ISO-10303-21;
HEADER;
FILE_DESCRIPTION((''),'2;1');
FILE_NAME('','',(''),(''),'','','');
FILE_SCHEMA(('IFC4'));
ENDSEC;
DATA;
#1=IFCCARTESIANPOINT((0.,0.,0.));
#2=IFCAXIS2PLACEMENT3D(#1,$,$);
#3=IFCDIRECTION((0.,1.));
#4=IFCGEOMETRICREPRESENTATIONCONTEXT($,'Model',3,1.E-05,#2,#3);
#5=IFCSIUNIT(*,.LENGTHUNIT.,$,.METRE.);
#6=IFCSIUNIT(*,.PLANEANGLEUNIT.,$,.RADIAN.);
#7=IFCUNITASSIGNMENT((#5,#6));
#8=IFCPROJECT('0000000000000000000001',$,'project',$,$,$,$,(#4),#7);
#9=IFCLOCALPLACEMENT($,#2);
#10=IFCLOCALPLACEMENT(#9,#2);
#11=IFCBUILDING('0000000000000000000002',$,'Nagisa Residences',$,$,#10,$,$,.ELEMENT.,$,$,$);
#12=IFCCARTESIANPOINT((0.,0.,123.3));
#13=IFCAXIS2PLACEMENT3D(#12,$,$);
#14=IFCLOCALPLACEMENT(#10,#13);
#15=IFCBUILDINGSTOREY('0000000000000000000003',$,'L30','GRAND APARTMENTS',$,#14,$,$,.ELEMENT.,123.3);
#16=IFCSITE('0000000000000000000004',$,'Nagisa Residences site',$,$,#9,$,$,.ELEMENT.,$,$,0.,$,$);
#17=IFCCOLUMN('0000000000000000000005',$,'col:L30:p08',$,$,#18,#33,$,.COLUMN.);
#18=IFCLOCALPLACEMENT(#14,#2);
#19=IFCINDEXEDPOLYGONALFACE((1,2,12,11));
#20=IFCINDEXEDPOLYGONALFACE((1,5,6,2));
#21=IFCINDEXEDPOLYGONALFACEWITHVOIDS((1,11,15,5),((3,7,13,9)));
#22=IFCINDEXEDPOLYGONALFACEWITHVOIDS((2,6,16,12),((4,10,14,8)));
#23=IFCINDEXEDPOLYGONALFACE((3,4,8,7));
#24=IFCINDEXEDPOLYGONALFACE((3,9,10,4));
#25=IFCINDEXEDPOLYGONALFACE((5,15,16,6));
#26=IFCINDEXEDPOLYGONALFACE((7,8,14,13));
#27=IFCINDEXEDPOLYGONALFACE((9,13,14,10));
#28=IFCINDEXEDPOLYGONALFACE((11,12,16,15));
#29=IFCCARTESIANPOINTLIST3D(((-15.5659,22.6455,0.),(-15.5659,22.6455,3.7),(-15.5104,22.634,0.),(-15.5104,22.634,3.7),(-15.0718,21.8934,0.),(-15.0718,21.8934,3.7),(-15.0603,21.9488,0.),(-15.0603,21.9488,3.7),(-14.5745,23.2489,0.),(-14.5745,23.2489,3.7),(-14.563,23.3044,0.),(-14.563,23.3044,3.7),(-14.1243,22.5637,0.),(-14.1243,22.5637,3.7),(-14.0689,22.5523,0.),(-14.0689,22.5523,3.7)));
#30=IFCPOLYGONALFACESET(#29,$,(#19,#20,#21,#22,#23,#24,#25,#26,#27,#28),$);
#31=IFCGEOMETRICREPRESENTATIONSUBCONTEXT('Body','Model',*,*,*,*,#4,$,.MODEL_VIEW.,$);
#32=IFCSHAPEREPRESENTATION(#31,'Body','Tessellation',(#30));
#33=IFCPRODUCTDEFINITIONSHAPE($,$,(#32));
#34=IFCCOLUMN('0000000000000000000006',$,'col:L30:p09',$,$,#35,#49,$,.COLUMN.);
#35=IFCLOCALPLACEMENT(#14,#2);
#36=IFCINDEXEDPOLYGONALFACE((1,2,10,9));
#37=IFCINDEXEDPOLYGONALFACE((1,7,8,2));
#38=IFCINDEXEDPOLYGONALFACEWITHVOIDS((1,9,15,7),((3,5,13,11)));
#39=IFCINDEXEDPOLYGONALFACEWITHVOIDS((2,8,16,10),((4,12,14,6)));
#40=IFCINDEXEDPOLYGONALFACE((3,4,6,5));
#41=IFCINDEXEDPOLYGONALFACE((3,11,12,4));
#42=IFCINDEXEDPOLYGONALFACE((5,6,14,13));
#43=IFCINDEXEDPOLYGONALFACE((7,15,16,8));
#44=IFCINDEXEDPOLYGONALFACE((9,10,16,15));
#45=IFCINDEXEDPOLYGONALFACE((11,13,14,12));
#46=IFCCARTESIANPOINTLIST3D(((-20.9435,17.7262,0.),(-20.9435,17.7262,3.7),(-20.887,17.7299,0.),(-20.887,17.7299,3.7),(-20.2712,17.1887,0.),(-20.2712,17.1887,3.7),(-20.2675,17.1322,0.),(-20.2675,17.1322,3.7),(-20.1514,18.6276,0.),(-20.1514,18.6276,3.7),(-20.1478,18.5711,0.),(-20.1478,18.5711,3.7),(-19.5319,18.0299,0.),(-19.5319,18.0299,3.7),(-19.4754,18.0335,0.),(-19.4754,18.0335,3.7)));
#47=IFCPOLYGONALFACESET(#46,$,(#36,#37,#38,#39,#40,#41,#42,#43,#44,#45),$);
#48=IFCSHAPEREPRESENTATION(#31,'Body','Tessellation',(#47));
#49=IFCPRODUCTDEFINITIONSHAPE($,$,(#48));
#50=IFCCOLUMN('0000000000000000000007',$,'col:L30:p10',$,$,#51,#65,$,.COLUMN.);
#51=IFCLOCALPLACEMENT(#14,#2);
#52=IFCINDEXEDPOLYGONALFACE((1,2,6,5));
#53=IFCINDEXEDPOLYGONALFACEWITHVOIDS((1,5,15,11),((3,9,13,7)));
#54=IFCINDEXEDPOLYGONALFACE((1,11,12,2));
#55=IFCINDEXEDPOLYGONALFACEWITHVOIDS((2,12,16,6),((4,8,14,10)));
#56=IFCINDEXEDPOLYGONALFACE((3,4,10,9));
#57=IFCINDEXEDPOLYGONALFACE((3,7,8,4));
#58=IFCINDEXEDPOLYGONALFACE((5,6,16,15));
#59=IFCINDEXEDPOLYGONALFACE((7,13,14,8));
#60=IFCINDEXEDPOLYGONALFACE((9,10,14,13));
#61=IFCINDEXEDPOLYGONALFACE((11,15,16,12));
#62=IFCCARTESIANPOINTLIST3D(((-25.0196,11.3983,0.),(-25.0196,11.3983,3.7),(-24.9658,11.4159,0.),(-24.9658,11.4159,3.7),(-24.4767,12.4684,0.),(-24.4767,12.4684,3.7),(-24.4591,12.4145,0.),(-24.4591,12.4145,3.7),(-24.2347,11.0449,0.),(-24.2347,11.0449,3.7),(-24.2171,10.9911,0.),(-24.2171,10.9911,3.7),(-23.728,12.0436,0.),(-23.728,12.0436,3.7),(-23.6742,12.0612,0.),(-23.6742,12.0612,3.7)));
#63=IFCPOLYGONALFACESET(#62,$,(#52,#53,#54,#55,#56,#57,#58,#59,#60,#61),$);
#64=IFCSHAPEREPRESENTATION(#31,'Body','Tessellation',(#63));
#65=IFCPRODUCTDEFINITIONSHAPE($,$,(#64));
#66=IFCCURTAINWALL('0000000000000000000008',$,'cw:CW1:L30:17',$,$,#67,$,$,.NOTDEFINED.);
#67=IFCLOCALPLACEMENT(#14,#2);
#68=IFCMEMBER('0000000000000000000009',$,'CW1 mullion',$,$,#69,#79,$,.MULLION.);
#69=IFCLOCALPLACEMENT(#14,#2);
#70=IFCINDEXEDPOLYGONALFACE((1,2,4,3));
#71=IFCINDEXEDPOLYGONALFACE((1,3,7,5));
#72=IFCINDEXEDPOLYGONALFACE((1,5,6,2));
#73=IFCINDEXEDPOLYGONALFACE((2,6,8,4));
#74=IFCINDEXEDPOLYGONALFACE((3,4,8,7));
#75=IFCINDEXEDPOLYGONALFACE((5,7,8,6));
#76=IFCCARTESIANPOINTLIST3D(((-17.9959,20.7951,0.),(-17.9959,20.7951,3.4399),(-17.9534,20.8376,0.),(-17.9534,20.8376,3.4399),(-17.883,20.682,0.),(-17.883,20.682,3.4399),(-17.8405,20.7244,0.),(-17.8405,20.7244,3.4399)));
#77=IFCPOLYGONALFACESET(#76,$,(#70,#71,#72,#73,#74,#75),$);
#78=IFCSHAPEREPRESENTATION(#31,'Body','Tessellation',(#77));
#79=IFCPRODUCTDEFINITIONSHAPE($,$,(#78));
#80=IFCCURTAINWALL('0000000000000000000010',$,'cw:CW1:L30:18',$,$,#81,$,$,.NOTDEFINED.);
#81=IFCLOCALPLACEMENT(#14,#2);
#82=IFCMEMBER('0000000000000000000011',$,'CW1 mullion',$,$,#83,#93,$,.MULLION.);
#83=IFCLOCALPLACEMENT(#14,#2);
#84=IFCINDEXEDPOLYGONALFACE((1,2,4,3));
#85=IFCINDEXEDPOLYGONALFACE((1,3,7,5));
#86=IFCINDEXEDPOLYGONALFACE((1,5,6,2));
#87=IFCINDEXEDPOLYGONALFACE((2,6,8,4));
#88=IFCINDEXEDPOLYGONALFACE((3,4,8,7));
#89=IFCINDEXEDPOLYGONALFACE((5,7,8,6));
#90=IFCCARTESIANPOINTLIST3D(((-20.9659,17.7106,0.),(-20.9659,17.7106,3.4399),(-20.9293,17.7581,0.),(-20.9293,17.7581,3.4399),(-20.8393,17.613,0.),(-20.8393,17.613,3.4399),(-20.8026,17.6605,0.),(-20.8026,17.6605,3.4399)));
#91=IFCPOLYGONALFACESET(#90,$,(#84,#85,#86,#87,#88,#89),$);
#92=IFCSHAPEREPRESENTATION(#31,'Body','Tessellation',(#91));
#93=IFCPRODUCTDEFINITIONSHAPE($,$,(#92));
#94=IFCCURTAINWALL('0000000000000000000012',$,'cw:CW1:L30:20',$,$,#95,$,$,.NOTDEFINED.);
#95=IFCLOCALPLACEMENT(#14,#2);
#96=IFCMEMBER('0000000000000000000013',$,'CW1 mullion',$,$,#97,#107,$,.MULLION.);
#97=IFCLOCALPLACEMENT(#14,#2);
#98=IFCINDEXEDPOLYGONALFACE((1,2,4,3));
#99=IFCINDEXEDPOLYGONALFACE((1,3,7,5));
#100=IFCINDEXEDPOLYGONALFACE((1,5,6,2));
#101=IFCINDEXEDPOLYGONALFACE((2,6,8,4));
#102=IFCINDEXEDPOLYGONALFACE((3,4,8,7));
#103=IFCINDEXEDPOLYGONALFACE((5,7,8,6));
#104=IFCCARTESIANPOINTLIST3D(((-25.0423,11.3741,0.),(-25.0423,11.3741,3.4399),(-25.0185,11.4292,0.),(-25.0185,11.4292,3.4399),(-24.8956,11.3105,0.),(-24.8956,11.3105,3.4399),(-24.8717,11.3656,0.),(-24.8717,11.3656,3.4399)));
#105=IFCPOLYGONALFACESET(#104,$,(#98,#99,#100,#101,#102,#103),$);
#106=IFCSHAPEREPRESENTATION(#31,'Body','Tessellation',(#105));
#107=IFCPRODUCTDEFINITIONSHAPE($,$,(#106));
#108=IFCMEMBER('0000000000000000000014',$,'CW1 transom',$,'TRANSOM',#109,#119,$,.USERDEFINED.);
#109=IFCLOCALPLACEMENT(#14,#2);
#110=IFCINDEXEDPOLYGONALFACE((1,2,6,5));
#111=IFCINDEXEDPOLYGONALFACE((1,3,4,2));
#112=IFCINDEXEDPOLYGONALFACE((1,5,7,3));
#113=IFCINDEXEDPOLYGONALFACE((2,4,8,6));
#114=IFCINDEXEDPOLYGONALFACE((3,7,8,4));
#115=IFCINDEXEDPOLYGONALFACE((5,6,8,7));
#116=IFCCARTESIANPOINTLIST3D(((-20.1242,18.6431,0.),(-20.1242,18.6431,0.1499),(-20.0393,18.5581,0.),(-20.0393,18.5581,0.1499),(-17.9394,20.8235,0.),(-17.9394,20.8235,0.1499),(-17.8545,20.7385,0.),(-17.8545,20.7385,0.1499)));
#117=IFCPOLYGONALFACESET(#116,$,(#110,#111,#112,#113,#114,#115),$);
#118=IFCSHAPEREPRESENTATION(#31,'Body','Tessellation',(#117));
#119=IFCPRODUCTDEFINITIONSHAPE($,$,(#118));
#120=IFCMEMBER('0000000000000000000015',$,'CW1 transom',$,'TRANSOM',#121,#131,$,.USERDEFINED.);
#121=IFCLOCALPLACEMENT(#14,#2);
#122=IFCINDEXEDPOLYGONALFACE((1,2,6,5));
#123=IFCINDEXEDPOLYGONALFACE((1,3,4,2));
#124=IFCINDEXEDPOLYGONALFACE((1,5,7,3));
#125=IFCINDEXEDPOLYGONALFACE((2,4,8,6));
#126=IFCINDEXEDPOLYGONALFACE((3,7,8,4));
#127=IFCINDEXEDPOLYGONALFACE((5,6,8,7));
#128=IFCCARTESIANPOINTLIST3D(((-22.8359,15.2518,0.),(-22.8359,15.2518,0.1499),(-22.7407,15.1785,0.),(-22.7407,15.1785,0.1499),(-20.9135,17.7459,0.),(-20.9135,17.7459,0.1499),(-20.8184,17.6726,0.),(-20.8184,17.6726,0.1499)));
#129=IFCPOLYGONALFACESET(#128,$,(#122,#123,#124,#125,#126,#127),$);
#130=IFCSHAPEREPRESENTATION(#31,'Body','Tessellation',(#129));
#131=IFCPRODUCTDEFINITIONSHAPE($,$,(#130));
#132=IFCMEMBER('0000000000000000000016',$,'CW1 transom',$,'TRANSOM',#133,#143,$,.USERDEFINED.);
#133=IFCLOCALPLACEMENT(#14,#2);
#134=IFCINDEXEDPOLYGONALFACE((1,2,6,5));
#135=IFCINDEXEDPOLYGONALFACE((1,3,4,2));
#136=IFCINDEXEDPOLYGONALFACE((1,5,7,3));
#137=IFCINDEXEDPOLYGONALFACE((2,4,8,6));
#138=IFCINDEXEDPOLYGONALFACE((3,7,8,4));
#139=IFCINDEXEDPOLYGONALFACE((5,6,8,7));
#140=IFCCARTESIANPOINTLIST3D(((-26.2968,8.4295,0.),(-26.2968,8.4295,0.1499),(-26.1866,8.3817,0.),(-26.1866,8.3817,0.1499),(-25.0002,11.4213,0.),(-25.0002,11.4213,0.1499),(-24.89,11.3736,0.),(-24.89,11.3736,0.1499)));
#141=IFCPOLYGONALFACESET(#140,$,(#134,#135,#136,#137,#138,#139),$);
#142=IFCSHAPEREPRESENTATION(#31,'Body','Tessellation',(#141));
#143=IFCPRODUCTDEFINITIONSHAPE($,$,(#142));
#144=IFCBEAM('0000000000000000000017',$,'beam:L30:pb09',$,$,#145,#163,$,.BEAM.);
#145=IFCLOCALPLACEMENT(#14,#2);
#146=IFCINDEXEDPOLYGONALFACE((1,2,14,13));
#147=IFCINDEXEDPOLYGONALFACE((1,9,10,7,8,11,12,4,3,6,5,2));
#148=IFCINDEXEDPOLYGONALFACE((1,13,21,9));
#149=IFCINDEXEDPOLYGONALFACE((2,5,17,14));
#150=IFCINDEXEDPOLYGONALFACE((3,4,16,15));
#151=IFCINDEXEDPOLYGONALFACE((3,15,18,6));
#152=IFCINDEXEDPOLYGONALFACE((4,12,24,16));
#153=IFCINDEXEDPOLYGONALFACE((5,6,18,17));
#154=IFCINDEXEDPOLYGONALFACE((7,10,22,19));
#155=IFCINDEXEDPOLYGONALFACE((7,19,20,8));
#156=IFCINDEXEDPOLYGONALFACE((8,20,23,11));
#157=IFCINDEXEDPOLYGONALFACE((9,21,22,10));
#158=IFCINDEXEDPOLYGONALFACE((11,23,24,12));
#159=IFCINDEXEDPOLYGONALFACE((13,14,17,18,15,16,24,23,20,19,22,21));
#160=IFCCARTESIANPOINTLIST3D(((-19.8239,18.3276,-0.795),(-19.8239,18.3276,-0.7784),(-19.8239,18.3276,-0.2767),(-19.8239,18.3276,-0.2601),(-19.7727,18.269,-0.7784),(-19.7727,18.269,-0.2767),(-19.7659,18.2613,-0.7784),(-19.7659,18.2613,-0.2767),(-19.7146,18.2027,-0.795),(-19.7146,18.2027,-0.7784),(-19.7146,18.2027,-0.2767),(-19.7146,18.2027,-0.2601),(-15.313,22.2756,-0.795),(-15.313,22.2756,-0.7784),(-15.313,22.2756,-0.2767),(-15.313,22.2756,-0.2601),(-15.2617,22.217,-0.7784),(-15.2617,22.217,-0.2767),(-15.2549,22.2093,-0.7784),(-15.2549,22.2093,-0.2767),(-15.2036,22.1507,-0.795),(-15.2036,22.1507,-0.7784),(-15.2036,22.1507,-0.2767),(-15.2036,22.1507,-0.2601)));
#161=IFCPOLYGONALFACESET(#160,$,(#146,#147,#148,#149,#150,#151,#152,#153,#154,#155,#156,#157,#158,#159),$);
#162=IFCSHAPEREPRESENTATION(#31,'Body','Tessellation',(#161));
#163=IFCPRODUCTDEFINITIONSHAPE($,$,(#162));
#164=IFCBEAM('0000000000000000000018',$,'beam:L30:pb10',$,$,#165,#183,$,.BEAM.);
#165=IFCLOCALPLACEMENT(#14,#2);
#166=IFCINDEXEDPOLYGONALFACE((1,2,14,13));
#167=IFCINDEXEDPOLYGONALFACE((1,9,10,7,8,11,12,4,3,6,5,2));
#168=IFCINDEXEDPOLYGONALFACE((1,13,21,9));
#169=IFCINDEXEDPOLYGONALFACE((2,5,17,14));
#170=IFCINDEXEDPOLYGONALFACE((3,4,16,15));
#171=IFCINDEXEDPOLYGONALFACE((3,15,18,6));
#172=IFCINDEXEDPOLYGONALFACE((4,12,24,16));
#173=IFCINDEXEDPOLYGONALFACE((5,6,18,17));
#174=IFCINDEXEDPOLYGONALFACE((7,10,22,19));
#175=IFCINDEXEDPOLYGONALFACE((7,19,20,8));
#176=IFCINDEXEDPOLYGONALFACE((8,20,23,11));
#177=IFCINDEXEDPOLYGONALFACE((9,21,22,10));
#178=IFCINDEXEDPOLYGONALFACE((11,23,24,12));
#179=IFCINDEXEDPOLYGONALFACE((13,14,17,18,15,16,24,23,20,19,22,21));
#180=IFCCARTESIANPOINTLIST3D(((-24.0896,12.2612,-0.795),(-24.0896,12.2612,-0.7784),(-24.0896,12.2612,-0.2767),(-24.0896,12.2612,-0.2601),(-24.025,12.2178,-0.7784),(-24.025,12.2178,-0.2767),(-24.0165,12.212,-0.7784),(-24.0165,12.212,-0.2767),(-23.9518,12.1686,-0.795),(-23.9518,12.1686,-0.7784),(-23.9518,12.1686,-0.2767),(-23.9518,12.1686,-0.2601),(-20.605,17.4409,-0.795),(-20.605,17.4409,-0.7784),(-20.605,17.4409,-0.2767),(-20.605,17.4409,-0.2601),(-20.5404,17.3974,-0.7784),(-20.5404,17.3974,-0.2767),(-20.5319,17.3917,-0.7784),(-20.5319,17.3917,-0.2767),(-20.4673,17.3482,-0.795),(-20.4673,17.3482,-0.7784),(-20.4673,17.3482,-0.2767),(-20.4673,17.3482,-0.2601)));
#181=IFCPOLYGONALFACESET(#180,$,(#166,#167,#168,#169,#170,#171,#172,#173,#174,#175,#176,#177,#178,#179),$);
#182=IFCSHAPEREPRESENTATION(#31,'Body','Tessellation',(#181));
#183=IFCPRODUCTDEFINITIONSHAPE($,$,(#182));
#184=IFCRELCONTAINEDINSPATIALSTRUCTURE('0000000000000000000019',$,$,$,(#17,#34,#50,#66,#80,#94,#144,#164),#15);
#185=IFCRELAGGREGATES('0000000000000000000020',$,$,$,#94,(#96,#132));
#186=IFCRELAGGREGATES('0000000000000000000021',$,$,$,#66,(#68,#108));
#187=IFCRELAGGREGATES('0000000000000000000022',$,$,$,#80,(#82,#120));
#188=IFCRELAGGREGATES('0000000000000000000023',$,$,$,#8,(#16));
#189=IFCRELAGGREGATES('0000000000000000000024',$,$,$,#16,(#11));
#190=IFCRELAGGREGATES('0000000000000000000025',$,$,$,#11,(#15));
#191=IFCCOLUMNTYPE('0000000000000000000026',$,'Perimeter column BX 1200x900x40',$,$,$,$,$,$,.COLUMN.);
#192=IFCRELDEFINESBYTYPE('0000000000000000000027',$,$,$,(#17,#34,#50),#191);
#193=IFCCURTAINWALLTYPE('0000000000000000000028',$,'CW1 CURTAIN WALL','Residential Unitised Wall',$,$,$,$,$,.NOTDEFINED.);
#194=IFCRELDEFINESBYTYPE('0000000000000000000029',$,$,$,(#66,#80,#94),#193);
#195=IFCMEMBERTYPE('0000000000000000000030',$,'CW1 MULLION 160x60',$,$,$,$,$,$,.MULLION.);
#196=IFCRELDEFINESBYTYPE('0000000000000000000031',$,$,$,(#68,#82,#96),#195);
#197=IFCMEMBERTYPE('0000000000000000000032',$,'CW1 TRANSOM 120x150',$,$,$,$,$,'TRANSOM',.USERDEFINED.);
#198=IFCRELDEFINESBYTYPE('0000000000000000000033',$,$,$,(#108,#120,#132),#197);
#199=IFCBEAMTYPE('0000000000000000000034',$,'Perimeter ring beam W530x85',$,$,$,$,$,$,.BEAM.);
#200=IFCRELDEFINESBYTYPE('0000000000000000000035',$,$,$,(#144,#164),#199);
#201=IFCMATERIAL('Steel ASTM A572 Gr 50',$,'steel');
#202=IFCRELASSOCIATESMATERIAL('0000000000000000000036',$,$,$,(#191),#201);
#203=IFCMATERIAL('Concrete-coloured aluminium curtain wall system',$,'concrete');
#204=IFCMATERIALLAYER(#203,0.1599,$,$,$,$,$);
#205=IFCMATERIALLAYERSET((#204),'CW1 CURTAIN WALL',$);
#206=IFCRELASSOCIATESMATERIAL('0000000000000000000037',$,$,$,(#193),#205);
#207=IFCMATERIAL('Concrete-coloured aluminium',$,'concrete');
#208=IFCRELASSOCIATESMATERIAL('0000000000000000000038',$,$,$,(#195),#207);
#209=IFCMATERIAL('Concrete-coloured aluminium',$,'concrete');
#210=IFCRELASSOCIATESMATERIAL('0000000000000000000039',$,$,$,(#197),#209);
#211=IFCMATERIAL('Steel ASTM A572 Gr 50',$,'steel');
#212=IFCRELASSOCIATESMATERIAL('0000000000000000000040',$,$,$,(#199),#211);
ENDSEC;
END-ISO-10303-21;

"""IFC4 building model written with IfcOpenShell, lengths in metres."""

from ifc_helpers import new_model, si_unit, direction, frame, origin, origin_2d, place, context, subcontext, project, spatial, rectangle, hollow_rectangle, i_section, extrude, material, layer, layer_set, material_profile, profile_set, type_object, element, aggregate, save


model = new_model("IFC4")

# Units and contexts
model_context = context("Model", 3, precision=1e-05, world=origin(), true_north=direction((0.0, 1.0)))
body_context = subcontext(model_context, "Body", "Model", "MODEL_VIEW")
ifc_project = project(units=[si_unit("LENGTHUNIT", "METRE"), si_unit("PLANEANGLEUNIT", "RADIAN")], contexts=[model_context])

# Site, building, storey
site_placement = place(None, origin())
site = spatial("IfcSite", under=ifc_project, at=site_placement, Name="Nagisa Residences site", CompositionType="ELEMENT", RefElevation=0.0)
building_placement = place(site_placement, origin())
building = spatial("IfcBuilding", under=site, at=building_placement, Name="Nagisa Residences", CompositionType="ELEMENT")
storey_placement = place(building_placement, frame((0.0, 0.0, 123.3)))
storey = spatial("IfcBuildingStorey", under=building, at=storey_placement, Name="L30", Description="GRAND APARTMENTS", CompositionType="ELEMENT", Elevation=123.3)

# Columns
ifc_material_1 = material(Name="Steel ASTM A572 Gr 50", Category="steel")
ifc_material_profile_1 = material_profile(ifc_material_1, hollow_rectangle(XDim=1.2, YDim=0.8999, WallThickness=0.04, at=origin_2d()), Name="BX 1200x900x40")
ifc_profile_set_1 = profile_set([ifc_material_profile_1], Name="Steel ASTM A572 Gr 50")
column_type = type_object("IfcColumnType", Name="Perimeter column BX 1200x900x40", PredefinedType="COLUMN", material=ifc_profile_set_1)
for number, where, z_axis, x_axis, name in (
    (1, (-14.8174, 22.5989, 0.0), (0.0, 0.0, 1.0), (-0.835766, -0.549086, 0.0), "col:L30:p08"),
    (2, (-20.2095, 17.8799, 0.0), (0.0, 0.0, 1.0), (-0.660115, -0.751165, 0.0), "col:L30:p09"),
    (3, (-24.3469, 11.7297, 0.0), (0.0, 0.0, 1.0), (-0.452463, -0.891783, 0.0), "col:L30:p10"),
):
    element("IfcColumn", number, at=place(storey_placement, frame(where, z_axis=z_axis, x_axis=x_axis)), inside=storey, type_object=column_type, Name=name, PredefinedType="COLUMN", context=body_context, shape_type="SweptSolid", body=[
        extrude(hollow_rectangle(XDim=1.2, YDim=0.8999, WallThickness=0.04, at=origin_2d()), origin(), (0.0, 0.0, 1.0), 3.7),
    ])

# Curtain walls, members
ifc_material_2 = material(Name="Concrete-coloured aluminium curtain wall system", Category="concrete")
ifc_layer_1 = layer(ifc_material_2, 0.1599)
ifc_layer_set_1 = layer_set([ifc_layer_1], Name="CW1 CURTAIN WALL")
curtain_wall_type = type_object("IfcCurtainWallType", Name="CW1 CURTAIN WALL", Description="Residential Unitised Wall", PredefinedType="NOTDEFINED", material=ifc_layer_set_1)
curtain_wall_1_placement = place(storey_placement, origin())
curtain_wall_1 = element("IfcCurtainWall", 4, at=curtain_wall_1_placement, inside=storey, type_object=curtain_wall_type, Name="cw:CW1:L30:17", PredefinedType="NOTDEFINED")
ifc_material_3 = material(Name="Concrete-coloured aluminium", Category="concrete")
ifc_material_profile_2 = material_profile(ifc_material_3, rectangle(XDim=0.1599, YDim=0.0601, at=origin_2d()), Name="CW1 MULLION 160x60")
ifc_profile_set_2 = profile_set([ifc_material_profile_2], Name="Concrete-coloured aluminium")
member_type_1 = type_object("IfcMemberType", Name="CW1 MULLION 160x60", PredefinedType="MULLION", material=ifc_profile_set_2)
member_1_placement = place(storey_placement, frame((-17.9182, 20.7598, 0.0), z_axis=(0.0, 0.0, 1.0), x_axis=(0.706377, -0.707836, 0.0)))
member_1 = element("IfcMember", 5, at=member_1_placement, type_object=member_type_1, Name="CW1 mullion", PredefinedType="MULLION", context=body_context, shape_type="SweptSolid", body=[
    extrude(rectangle(XDim=0.1599, YDim=0.0601, at=origin_2d()), origin(), (0.0, 0.0, 1.0), 3.4399),
])
curtain_wall_2_placement = place(storey_placement, origin())
curtain_wall_2 = element("IfcCurtainWall", 6, at=curtain_wall_2_placement, inside=storey, type_object=curtain_wall_type, Name="cw:CW1:L30:18", PredefinedType="NOTDEFINED")
member_2_placement = place(storey_placement, frame((-20.8843, 17.6855, 0.0), z_axis=(0.0, 0.0, 1.0), x_axis=(0.79207, -0.61043, 0.0)))
member_2 = element("IfcMember", 7, at=member_2_placement, type_object=member_type_1, Name="CW1 mullion", PredefinedType="MULLION", context=body_context, shape_type="SweptSolid", body=[
    extrude(rectangle(XDim=0.1599, YDim=0.0601, at=origin_2d()), origin(), (0.0, 0.0, 1.0), 3.4399),
])
curtain_wall_3_placement = place(storey_placement, origin())
curtain_wall_3 = element("IfcCurtainWall", 8, at=curtain_wall_3_placement, inside=storey, type_object=curtain_wall_type, Name="cw:CW1:L30:20", PredefinedType="NOTDEFINED")
member_3_placement = place(storey_placement, frame((-24.957, 11.3699, 0.0), z_axis=(0.0, 0.0, 1.0), x_axis=(0.917543, -0.397636, 0.0)))
member_3 = element("IfcMember", 9, at=member_3_placement, type_object=member_type_1, Name="CW1 mullion", PredefinedType="MULLION", context=body_context, shape_type="SweptSolid", body=[
    extrude(rectangle(XDim=0.1599, YDim=0.0601, at=origin_2d()), origin(), (0.0, 0.0, 1.0), 3.4399),
])

# Members
ifc_material_4 = material(Name="Concrete-coloured aluminium", Category="concrete")
ifc_material_profile_3 = material_profile(ifc_material_4, rectangle(XDim=0.1201, YDim=0.1499, at=origin_2d()), Name="CW1 TRANSOM 120x150")
ifc_profile_set_3 = profile_set([ifc_material_profile_3], Name="Concrete-coloured aluminium")
member_type_2 = type_object("IfcMemberType", Name="CW1 TRANSOM 120x150", ElementType="TRANSOM", PredefinedType="USERDEFINED", material=ifc_profile_set_3)
member_4_placement = place(storey_placement, frame((-17.897, 20.781, 0.075), z_axis=(-0.707818, -0.706395, 0.0), x_axis=(0.706395, -0.707818, 0.0)))
member_4 = element("IfcMember", 10, at=member_4_placement, type_object=member_type_2, Name="CW1 transom", ObjectType="TRANSOM", PredefinedType="USERDEFINED", context=body_context, shape_type="SweptSolid", body=[
    extrude(rectangle(XDim=0.1201, YDim=0.1499, at=origin_2d()), origin(), (0.0, 0.0, 1.0), 3.0867),
])
member_5_placement = place(storey_placement, frame((-20.866, 17.7092, 0.075), z_axis=(-0.610467, -0.792041, 0.0), x_axis=(0.792041, -0.610467, 0.0)))
member_5 = element("IfcMember", 11, at=member_5_placement, type_object=member_type_2, Name="CW1 transom", ObjectType="TRANSOM", PredefinedType="USERDEFINED", context=body_context, shape_type="SweptSolid", body=[
    extrude(rectangle(XDim=0.1201, YDim=0.1499, at=origin_2d()), origin(), (0.0, 0.0, 1.0), 3.1489),
])
member_6_placement = place(storey_placement, frame((-24.9451, 11.3975, 0.075), z_axis=(-0.397639, -0.917542, 0.0), x_axis=(0.917542, -0.397639, 0.0)))
member_6 = element("IfcMember", 12, at=member_6_placement, type_object=member_type_2, Name="CW1 transom", ObjectType="TRANSOM", PredefinedType="USERDEFINED", context=body_context, shape_type="SweptSolid", body=[
    extrude(rectangle(XDim=0.1201, YDim=0.1499, at=origin_2d()), origin(), (0.0, 0.0, 1.0), 3.2607),
])
aggregate(curtain_wall_3, [member_3, member_6])

# Beams
ifc_material_5 = material(Name="Steel ASTM A572 Gr 50", Category="steel")
ifc_material_profile_4 = material_profile(ifc_material_5, i_section(OverallWidth=0.166, OverallDepth=0.5349, WebThickness=0.0103, FlangeThickness=0.0166, at=origin_2d()), Name="W530x85")
ifc_profile_set_4 = profile_set([ifc_material_profile_4], Name="Steel ASTM A572 Gr 50")
beam_type_1 = type_object("IfcBeamType", Name="Perimeter ring beam W530x85", PredefinedType="BEAM", material=ifc_profile_set_4)
beam_1_placement = place(storey_placement, frame((-15.2583, 22.2131, -0.5276), z_axis=(-0.752504, -0.658588, 0.0), x_axis=(0.658588, -0.752504, 0.0)))
element("IfcBeam", 13, at=beam_1_placement, inside=storey, type_object=beam_type_1, Name="beam:L30:pb09", PredefinedType="BEAM", context=body_context, shape_type="SweptSolid", body=[
    extrude(i_section(OverallWidth=0.166, OverallDepth=0.5349, WebThickness=0.0103, FlangeThickness=0.0166, at=origin_2d()), origin(), (0.0, 0.0, 1.0), 5.9946),
])
beam_2_placement = place(storey_placement, frame((-20.5361, 17.3945, -0.5276), z_axis=(-0.558188, -0.829715, 0.0), x_axis=(0.829715, -0.558188, 0.0)))
element("IfcBeam", 14, at=beam_2_placement, inside=storey, type_object=beam_type_1, Name="beam:L30:pb10", PredefinedType="BEAM", context=body_context, shape_type="SweptSolid", body=[
    extrude(i_section(OverallWidth=0.166, OverallDepth=0.5349, WebThickness=0.0103, FlangeThickness=0.0166, at=origin_2d()), origin(), (0.0, 0.0, 1.0), 6.2427),
])

aggregate(curtain_wall_1, [member_1, member_4])
aggregate(curtain_wall_2, [member_2, member_5])

save(model, "model.ifc")
